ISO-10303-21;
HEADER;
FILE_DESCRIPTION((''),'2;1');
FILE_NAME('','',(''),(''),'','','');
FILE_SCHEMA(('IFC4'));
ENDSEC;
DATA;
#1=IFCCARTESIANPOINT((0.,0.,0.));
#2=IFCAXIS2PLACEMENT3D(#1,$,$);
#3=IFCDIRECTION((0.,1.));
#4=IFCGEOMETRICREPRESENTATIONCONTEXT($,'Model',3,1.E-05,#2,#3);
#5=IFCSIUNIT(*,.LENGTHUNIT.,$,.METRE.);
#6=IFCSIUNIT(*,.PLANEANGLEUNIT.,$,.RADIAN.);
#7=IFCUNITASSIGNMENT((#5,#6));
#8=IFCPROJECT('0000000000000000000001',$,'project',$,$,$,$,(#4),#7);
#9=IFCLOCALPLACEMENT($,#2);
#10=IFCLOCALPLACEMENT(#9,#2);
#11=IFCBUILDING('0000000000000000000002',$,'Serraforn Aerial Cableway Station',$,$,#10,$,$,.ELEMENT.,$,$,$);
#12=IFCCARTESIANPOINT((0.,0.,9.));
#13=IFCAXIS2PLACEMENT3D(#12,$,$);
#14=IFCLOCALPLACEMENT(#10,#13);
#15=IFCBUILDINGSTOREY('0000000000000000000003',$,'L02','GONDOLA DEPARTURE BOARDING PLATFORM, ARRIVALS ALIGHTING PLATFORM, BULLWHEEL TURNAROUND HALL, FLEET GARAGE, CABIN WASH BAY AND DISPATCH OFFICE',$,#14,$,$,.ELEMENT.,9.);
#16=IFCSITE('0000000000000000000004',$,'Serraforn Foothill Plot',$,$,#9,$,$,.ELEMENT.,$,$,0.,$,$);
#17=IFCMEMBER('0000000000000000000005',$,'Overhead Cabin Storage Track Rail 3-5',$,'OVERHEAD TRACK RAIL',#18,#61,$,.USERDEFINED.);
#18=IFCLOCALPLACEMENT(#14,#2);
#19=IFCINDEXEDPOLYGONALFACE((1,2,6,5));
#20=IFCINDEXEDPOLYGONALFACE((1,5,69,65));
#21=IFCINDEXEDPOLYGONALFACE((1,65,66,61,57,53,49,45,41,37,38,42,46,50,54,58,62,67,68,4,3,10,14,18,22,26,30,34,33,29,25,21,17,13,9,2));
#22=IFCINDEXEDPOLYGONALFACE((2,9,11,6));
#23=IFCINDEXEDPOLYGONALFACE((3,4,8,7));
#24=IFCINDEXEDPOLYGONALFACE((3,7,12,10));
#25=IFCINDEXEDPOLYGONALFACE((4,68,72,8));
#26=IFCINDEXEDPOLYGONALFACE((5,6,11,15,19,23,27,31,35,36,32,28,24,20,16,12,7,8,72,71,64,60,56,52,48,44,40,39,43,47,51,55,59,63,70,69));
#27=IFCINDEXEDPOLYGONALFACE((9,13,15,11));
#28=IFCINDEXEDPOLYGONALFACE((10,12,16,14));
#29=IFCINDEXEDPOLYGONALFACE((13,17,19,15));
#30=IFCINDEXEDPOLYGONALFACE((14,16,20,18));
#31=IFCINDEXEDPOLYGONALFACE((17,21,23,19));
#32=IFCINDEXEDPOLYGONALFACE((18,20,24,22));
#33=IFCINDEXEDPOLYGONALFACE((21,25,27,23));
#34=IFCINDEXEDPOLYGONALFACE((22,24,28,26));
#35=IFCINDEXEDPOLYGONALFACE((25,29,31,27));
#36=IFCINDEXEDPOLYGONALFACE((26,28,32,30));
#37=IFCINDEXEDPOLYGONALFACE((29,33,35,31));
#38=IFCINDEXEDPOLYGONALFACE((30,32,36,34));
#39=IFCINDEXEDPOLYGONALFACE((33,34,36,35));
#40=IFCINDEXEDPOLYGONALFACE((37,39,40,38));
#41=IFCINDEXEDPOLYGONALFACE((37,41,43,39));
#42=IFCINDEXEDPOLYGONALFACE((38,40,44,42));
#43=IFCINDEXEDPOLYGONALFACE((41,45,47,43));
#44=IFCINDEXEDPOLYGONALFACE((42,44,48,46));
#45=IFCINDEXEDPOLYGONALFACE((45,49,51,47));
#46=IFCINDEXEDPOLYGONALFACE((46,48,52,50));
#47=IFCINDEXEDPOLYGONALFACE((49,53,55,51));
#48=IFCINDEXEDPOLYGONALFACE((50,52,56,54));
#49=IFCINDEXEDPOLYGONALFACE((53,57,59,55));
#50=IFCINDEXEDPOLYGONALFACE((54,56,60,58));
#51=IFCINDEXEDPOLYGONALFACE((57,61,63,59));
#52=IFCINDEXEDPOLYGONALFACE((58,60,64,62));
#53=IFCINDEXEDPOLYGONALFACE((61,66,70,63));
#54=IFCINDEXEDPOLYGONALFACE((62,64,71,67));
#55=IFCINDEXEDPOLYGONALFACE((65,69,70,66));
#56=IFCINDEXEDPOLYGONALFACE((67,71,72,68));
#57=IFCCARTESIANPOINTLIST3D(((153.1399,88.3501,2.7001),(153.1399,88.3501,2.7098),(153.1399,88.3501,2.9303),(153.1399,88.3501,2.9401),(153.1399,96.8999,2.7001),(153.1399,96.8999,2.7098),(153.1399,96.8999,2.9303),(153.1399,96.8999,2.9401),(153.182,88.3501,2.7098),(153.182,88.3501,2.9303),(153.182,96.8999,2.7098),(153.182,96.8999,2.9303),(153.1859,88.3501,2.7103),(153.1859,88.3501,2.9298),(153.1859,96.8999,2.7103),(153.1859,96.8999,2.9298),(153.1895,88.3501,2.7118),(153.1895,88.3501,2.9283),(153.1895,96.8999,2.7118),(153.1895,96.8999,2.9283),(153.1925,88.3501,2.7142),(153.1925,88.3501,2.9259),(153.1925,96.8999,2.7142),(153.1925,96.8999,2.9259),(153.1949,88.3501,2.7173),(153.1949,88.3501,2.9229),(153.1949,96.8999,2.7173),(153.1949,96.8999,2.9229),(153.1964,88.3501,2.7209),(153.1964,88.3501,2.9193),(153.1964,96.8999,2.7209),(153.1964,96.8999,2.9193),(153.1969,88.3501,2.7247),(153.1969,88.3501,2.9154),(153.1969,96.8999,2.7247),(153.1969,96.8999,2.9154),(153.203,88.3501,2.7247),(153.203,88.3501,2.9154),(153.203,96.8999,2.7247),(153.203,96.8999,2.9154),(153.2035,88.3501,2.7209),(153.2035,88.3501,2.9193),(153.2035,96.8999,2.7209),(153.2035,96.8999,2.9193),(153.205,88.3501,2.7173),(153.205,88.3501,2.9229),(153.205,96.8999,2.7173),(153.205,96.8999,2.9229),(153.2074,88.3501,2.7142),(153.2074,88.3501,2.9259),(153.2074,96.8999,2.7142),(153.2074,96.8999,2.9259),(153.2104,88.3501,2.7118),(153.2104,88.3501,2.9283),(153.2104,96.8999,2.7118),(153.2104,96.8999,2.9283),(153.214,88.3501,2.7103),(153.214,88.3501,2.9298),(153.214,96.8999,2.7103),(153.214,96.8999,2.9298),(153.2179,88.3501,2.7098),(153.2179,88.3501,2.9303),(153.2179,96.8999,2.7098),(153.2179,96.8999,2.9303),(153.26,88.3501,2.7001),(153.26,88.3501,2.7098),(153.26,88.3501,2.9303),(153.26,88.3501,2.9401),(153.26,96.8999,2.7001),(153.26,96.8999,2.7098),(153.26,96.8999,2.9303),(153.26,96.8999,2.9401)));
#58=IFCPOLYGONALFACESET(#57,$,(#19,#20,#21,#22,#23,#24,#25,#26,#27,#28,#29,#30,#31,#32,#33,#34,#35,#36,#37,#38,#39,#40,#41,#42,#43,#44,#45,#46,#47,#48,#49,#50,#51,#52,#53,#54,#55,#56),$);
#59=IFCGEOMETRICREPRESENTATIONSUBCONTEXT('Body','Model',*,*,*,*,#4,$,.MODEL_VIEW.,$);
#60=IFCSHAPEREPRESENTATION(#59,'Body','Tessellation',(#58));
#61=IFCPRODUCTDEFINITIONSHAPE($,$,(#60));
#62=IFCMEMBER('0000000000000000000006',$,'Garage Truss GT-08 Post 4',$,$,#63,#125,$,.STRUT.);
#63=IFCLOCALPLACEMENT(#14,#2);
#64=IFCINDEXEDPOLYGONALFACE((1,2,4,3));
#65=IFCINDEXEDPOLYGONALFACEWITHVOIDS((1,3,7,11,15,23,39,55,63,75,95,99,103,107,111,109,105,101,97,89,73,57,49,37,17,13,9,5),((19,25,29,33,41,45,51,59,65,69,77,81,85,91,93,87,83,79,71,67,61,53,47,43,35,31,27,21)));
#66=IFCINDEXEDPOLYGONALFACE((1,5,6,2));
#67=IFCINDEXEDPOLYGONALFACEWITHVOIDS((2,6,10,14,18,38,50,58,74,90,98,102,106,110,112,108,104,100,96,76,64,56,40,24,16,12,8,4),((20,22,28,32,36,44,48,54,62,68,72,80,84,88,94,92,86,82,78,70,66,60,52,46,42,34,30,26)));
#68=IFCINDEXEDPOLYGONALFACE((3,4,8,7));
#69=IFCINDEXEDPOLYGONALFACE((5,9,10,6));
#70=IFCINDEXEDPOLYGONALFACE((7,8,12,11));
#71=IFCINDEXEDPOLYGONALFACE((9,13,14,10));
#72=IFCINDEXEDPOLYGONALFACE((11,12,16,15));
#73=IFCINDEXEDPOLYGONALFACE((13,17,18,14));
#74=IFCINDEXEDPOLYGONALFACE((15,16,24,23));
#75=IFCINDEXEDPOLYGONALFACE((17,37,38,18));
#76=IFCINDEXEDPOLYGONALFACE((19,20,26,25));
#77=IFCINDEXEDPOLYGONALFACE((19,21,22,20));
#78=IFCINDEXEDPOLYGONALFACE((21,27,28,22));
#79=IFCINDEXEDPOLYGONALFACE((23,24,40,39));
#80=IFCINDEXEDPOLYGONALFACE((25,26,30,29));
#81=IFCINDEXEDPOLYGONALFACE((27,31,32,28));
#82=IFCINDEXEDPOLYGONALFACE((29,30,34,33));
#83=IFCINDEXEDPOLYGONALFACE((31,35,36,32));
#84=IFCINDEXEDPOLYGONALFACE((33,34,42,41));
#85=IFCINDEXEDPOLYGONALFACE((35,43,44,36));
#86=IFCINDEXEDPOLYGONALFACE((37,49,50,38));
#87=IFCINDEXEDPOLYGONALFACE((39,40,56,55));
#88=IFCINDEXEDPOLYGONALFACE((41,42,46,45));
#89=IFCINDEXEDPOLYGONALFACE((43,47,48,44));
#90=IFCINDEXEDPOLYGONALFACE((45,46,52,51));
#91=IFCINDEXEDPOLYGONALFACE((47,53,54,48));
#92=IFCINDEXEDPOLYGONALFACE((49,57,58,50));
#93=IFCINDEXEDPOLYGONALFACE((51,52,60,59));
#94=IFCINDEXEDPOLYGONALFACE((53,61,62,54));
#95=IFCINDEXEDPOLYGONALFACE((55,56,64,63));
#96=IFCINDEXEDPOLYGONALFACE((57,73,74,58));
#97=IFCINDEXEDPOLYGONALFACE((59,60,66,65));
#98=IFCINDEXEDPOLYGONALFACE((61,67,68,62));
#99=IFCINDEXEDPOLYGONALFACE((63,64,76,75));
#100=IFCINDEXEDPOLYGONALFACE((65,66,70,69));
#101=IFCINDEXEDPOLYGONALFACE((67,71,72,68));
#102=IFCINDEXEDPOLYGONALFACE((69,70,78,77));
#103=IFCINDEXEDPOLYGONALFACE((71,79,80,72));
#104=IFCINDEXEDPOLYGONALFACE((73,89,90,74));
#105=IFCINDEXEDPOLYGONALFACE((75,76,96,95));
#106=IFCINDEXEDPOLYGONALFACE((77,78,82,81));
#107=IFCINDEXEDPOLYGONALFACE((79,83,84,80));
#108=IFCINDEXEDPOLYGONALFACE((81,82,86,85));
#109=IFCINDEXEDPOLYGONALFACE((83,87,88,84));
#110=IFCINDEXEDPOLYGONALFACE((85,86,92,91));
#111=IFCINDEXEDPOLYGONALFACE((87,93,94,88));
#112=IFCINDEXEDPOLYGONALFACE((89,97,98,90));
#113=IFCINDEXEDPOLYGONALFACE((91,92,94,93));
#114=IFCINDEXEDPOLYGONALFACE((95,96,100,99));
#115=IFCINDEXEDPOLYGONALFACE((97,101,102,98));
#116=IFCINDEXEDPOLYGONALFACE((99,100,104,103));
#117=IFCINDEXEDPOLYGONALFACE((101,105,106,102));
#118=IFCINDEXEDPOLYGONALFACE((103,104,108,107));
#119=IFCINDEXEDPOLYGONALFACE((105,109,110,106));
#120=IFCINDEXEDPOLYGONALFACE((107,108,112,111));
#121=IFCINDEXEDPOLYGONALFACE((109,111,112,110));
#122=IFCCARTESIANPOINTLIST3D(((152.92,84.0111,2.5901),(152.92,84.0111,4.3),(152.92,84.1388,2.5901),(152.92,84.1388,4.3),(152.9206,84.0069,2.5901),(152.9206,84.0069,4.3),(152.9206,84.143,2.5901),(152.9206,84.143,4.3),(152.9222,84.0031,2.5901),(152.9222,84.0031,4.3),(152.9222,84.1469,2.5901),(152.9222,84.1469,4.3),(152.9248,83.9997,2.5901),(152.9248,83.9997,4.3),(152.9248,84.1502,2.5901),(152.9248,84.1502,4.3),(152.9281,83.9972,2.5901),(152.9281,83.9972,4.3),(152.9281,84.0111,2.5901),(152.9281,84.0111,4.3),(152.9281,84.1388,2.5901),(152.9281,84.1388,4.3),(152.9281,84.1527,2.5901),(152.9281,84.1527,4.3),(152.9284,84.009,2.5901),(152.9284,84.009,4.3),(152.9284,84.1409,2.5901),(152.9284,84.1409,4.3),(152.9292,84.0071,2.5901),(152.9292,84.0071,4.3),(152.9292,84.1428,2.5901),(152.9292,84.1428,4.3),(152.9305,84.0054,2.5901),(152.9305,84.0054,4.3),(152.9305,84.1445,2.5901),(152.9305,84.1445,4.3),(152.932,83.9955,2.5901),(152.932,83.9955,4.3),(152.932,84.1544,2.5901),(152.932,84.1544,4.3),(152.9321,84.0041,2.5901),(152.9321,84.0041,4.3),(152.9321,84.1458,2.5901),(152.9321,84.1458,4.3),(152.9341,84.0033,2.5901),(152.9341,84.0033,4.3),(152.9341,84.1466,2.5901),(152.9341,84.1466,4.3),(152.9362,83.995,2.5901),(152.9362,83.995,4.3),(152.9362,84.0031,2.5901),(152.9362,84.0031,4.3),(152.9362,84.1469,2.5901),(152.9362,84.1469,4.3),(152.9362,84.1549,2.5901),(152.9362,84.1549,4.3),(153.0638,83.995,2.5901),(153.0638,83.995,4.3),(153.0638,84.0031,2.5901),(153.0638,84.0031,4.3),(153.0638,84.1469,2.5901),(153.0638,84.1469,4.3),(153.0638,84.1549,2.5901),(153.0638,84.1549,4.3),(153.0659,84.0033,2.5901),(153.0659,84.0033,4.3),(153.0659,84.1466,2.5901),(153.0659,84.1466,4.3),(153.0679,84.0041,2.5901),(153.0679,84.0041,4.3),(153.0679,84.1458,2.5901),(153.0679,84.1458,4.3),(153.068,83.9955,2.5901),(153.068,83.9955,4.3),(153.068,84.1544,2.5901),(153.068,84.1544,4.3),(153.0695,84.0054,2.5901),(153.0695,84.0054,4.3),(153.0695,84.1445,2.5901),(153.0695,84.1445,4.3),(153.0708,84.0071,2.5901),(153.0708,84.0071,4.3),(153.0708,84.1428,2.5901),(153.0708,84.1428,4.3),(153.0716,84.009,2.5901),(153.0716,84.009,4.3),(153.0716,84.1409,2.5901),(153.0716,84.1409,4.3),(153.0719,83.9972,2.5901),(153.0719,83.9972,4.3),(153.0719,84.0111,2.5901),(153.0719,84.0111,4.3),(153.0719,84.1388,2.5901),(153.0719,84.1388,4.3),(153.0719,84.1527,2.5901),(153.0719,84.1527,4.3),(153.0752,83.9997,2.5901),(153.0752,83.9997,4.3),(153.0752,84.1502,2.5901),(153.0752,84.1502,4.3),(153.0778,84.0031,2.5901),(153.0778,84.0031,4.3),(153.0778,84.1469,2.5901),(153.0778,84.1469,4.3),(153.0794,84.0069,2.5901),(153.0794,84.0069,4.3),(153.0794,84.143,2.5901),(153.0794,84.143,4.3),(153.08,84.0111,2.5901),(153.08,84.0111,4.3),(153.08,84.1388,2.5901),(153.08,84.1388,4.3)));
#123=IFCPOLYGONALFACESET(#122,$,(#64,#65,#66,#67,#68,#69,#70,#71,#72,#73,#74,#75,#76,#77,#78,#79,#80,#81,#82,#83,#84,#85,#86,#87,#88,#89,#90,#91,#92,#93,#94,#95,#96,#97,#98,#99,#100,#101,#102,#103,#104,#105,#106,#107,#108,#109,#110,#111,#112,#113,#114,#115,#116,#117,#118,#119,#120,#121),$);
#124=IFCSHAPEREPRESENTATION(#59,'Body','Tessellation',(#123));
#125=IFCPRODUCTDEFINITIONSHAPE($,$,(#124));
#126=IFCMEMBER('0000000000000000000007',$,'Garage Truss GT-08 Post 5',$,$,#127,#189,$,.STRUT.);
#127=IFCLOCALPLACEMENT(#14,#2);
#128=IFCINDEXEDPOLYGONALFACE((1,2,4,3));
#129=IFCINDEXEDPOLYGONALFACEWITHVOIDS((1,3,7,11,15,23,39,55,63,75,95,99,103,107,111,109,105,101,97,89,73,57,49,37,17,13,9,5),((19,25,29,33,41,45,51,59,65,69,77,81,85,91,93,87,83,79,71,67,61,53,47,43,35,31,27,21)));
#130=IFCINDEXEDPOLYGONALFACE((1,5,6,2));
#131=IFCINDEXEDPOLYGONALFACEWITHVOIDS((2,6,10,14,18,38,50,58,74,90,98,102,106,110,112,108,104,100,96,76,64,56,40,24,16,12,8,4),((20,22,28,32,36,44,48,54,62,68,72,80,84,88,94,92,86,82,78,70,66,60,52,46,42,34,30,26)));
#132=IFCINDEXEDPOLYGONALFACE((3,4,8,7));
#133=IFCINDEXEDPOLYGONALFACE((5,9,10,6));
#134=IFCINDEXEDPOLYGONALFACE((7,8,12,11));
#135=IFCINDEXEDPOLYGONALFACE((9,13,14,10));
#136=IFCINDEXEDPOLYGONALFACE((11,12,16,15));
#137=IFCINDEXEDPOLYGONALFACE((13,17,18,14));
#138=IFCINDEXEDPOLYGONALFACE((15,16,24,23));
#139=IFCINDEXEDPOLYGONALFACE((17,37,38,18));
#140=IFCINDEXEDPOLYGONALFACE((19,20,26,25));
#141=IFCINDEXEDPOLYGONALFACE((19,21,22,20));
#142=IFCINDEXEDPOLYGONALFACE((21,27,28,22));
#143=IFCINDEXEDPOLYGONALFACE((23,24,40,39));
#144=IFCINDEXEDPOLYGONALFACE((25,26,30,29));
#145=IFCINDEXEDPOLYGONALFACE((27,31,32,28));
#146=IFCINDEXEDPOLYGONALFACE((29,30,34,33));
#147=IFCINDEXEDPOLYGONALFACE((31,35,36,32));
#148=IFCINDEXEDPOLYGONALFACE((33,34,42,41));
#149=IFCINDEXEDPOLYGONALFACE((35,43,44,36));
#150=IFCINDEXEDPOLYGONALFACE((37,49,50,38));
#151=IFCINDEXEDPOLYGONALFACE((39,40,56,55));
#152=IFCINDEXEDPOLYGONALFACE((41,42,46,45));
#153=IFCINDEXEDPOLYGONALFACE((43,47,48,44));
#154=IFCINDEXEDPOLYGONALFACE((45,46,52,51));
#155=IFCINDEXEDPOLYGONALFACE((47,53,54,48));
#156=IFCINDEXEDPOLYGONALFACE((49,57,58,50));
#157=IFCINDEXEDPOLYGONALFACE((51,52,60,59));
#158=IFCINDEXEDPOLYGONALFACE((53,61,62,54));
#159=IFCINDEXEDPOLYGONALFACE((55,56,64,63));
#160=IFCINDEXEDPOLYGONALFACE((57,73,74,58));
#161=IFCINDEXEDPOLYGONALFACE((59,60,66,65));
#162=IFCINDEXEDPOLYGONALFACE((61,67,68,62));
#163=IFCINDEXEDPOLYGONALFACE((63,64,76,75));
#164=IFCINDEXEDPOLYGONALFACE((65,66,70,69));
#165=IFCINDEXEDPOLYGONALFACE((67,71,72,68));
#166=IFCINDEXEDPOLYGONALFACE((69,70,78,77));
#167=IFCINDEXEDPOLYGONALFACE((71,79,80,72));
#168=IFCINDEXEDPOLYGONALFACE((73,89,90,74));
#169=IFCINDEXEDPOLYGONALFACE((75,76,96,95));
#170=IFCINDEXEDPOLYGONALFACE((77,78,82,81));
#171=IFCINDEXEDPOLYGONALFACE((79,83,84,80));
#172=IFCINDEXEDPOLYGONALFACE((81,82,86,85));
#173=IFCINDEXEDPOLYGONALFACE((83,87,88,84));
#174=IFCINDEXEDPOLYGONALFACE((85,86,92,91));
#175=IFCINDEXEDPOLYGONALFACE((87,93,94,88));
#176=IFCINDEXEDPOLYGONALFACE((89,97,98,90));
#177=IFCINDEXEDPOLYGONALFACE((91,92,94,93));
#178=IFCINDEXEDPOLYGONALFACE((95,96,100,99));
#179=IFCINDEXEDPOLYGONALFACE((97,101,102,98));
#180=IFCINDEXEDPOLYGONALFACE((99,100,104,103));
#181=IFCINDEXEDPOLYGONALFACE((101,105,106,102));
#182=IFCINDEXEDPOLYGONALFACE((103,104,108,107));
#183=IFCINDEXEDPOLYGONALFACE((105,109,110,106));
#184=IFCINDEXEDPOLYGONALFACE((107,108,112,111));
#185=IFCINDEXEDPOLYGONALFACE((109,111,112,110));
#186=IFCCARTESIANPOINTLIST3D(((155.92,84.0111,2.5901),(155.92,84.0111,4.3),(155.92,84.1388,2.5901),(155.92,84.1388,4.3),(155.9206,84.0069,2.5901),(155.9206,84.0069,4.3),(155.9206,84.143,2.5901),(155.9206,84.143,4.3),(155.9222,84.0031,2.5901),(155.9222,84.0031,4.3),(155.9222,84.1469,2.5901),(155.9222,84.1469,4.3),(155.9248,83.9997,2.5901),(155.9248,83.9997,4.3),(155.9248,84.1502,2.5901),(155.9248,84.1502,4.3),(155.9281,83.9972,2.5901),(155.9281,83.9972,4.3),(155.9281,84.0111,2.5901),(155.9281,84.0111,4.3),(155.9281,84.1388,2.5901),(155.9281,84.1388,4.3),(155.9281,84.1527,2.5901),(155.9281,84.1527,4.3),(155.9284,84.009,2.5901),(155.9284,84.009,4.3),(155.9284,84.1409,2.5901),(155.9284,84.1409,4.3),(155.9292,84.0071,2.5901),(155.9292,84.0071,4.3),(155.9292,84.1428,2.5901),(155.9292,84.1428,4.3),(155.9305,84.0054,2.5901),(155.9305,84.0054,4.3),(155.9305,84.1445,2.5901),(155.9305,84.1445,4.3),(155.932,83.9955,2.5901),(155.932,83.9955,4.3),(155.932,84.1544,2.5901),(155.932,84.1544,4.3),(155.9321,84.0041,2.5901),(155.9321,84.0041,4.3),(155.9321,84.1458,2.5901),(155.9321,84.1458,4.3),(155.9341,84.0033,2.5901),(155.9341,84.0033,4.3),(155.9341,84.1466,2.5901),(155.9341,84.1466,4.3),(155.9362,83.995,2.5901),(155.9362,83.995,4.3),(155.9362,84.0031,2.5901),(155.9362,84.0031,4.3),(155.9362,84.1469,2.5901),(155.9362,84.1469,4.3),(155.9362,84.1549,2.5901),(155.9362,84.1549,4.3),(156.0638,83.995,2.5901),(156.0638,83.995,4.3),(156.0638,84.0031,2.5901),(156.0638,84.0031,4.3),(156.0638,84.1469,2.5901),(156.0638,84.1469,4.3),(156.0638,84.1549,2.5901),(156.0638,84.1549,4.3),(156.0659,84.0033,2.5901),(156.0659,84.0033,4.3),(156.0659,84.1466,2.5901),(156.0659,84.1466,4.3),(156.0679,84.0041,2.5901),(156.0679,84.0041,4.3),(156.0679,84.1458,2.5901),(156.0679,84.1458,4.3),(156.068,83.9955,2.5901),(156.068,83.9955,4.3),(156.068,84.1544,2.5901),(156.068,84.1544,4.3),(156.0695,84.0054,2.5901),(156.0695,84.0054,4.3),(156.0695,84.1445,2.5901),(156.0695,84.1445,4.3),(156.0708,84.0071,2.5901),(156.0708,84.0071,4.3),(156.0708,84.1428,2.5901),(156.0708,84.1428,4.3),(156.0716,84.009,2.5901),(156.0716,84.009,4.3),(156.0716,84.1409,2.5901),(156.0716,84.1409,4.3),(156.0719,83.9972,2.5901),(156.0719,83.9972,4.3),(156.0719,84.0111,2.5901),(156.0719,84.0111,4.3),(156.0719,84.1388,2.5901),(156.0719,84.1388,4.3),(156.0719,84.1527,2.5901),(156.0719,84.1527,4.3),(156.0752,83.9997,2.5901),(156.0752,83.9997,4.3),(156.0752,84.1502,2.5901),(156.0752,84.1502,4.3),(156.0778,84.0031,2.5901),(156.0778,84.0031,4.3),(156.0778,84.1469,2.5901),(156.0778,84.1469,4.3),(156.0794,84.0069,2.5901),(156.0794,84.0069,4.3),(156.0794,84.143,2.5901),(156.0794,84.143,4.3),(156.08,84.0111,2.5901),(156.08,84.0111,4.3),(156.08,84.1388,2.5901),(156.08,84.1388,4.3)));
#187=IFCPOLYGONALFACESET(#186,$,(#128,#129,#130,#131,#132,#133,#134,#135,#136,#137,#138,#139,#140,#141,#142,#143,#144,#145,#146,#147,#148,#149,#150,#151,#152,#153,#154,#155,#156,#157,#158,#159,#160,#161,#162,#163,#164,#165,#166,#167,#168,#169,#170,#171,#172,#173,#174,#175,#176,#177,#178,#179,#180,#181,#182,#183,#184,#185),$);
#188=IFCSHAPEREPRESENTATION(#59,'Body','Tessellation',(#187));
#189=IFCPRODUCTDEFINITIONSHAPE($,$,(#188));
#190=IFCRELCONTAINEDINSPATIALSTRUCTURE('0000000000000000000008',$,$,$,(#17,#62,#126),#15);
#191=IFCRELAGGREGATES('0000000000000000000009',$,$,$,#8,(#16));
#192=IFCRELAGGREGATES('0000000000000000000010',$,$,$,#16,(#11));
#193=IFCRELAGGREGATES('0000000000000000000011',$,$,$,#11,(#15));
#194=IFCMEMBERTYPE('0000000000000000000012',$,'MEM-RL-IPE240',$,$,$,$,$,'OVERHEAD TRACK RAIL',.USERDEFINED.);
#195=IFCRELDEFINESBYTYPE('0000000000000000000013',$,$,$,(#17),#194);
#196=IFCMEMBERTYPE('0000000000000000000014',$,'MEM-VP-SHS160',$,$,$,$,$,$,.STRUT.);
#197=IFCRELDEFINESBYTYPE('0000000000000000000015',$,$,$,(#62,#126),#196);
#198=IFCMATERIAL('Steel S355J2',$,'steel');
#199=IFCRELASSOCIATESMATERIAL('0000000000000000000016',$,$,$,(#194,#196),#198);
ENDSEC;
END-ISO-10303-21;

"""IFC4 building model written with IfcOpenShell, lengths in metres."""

from ifc_helpers import new_model, si_unit, direction, frame, origin, origin_2d, place, context, subcontext, project, spatial, hollow_rectangle, i_section, extrude, material, material_profile, profile_set, type_object, element, save


model = new_model("IFC4")

# Units and contexts
model_context = context("Model", 3, precision=1e-05, world=origin(), true_north=direction((0.0, 1.0)))
body_context = subcontext(model_context, "Body", "Model", "MODEL_VIEW")
ifc_project = project(units=[si_unit("LENGTHUNIT", "METRE"), si_unit("PLANEANGLEUNIT", "RADIAN")], contexts=[model_context])

# Site, building, storey
site_placement = place(None, origin())
site = spatial("IfcSite", under=ifc_project, at=site_placement, Name="Serraforn Foothill Plot", CompositionType="ELEMENT", RefElevation=0.0)
building_placement = place(site_placement, origin())
building = spatial("IfcBuilding", under=site, at=building_placement, Name="Serraforn Aerial Cableway Station", CompositionType="ELEMENT")
storey_placement = place(building_placement, frame((0.0, 0.0, 9.0)))
storey = spatial("IfcBuildingStorey", under=building, at=storey_placement, Name="L02", Description="GONDOLA DEPARTURE BOARDING PLATFORM, ARRIVALS ALIGHTING PLATFORM, BULLWHEEL TURNAROUND HALL, FLEET GARAGE, CABIN WASH BAY AND DISPATCH OFFICE", CompositionType="ELEMENT", Elevation=9.0)

# Shared definitions
ifc_material_1 = material(Name="Steel S355J2", Category="steel")

# Members
ifc_material_profile_1 = material_profile(ifc_material_1, i_section(OverallWidth=0.1201, OverallDepth=0.24, WebThickness=0.0061, FlangeThickness=0.0098, FilletRadius=0.0149, at=origin_2d()), Name="IPE 240")
ifc_profile_set_1 = profile_set([ifc_material_profile_1], Name="Steel S355J2")
member_type_1 = type_object("IfcMemberType", Name="MEM-RL-IPE240", ElementType="OVERHEAD TRACK RAIL", PredefinedType="USERDEFINED", material=ifc_profile_set_1)
member_placement = place(storey_placement, frame((153.2, 88.3501, 2.8201), z_axis=(0.0, 1.0, 0.0), x_axis=(-1.0, 0.0, 0.0)))
element("IfcMember", 1, at=member_placement, inside=storey, type_object=member_type_1, Name="Overhead Cabin Storage Track Rail 3-5", ObjectType="OVERHEAD TRACK RAIL", PredefinedType="USERDEFINED", context=body_context, shape_type="SweptSolid", body=[
    extrude(i_section(OverallWidth=0.1201, OverallDepth=0.24, WebThickness=0.0061, FlangeThickness=0.0098, FilletRadius=0.0149, at=origin_2d()), origin(), (0.0, 0.0, 1.0), 8.5498),
])
ifc_material_profile_2 = material_profile(ifc_material_1, hollow_rectangle(XDim=0.1599, YDim=0.1599, WallThickness=0.0081, InnerFilletRadius=0.0081, OuterFilletRadius=0.0161, at=origin_2d()), Name="SHS 160x160x8.0")
ifc_profile_set_2 = profile_set([ifc_material_profile_2], Name="Steel S355J2")
member_type_2 = type_object("IfcMemberType", Name="MEM-VP-SHS160", PredefinedType="STRUT", material=ifc_profile_set_2)
for number, where, z_axis, x_axis, name in (
    (2, (153.0, 84.075, 2.5901), (0.0, 0.0, 1.0), (1.0, 0.0, 0.0), "Garage Truss GT-08 Post 4"),
    (3, (156.0, 84.075, 2.5901), (0.0, 0.0, 1.0), (1.0, 0.0, 0.0), "Garage Truss GT-08 Post 5"),
):
    element("IfcMember", number, at=place(storey_placement, frame(where, z_axis=z_axis, x_axis=x_axis)), inside=storey, type_object=member_type_2, Name=name, PredefinedType="STRUT", context=body_context, shape_type="SweptSolid", body=[
        extrude(hollow_rectangle(XDim=0.1599, YDim=0.1599, WallThickness=0.0081, InnerFilletRadius=0.0081, OuterFilletRadius=0.0161, at=origin_2d()), origin(), (0.0, 0.0, 1.0), 1.71),
    ])

save(model, "model.ifc")
